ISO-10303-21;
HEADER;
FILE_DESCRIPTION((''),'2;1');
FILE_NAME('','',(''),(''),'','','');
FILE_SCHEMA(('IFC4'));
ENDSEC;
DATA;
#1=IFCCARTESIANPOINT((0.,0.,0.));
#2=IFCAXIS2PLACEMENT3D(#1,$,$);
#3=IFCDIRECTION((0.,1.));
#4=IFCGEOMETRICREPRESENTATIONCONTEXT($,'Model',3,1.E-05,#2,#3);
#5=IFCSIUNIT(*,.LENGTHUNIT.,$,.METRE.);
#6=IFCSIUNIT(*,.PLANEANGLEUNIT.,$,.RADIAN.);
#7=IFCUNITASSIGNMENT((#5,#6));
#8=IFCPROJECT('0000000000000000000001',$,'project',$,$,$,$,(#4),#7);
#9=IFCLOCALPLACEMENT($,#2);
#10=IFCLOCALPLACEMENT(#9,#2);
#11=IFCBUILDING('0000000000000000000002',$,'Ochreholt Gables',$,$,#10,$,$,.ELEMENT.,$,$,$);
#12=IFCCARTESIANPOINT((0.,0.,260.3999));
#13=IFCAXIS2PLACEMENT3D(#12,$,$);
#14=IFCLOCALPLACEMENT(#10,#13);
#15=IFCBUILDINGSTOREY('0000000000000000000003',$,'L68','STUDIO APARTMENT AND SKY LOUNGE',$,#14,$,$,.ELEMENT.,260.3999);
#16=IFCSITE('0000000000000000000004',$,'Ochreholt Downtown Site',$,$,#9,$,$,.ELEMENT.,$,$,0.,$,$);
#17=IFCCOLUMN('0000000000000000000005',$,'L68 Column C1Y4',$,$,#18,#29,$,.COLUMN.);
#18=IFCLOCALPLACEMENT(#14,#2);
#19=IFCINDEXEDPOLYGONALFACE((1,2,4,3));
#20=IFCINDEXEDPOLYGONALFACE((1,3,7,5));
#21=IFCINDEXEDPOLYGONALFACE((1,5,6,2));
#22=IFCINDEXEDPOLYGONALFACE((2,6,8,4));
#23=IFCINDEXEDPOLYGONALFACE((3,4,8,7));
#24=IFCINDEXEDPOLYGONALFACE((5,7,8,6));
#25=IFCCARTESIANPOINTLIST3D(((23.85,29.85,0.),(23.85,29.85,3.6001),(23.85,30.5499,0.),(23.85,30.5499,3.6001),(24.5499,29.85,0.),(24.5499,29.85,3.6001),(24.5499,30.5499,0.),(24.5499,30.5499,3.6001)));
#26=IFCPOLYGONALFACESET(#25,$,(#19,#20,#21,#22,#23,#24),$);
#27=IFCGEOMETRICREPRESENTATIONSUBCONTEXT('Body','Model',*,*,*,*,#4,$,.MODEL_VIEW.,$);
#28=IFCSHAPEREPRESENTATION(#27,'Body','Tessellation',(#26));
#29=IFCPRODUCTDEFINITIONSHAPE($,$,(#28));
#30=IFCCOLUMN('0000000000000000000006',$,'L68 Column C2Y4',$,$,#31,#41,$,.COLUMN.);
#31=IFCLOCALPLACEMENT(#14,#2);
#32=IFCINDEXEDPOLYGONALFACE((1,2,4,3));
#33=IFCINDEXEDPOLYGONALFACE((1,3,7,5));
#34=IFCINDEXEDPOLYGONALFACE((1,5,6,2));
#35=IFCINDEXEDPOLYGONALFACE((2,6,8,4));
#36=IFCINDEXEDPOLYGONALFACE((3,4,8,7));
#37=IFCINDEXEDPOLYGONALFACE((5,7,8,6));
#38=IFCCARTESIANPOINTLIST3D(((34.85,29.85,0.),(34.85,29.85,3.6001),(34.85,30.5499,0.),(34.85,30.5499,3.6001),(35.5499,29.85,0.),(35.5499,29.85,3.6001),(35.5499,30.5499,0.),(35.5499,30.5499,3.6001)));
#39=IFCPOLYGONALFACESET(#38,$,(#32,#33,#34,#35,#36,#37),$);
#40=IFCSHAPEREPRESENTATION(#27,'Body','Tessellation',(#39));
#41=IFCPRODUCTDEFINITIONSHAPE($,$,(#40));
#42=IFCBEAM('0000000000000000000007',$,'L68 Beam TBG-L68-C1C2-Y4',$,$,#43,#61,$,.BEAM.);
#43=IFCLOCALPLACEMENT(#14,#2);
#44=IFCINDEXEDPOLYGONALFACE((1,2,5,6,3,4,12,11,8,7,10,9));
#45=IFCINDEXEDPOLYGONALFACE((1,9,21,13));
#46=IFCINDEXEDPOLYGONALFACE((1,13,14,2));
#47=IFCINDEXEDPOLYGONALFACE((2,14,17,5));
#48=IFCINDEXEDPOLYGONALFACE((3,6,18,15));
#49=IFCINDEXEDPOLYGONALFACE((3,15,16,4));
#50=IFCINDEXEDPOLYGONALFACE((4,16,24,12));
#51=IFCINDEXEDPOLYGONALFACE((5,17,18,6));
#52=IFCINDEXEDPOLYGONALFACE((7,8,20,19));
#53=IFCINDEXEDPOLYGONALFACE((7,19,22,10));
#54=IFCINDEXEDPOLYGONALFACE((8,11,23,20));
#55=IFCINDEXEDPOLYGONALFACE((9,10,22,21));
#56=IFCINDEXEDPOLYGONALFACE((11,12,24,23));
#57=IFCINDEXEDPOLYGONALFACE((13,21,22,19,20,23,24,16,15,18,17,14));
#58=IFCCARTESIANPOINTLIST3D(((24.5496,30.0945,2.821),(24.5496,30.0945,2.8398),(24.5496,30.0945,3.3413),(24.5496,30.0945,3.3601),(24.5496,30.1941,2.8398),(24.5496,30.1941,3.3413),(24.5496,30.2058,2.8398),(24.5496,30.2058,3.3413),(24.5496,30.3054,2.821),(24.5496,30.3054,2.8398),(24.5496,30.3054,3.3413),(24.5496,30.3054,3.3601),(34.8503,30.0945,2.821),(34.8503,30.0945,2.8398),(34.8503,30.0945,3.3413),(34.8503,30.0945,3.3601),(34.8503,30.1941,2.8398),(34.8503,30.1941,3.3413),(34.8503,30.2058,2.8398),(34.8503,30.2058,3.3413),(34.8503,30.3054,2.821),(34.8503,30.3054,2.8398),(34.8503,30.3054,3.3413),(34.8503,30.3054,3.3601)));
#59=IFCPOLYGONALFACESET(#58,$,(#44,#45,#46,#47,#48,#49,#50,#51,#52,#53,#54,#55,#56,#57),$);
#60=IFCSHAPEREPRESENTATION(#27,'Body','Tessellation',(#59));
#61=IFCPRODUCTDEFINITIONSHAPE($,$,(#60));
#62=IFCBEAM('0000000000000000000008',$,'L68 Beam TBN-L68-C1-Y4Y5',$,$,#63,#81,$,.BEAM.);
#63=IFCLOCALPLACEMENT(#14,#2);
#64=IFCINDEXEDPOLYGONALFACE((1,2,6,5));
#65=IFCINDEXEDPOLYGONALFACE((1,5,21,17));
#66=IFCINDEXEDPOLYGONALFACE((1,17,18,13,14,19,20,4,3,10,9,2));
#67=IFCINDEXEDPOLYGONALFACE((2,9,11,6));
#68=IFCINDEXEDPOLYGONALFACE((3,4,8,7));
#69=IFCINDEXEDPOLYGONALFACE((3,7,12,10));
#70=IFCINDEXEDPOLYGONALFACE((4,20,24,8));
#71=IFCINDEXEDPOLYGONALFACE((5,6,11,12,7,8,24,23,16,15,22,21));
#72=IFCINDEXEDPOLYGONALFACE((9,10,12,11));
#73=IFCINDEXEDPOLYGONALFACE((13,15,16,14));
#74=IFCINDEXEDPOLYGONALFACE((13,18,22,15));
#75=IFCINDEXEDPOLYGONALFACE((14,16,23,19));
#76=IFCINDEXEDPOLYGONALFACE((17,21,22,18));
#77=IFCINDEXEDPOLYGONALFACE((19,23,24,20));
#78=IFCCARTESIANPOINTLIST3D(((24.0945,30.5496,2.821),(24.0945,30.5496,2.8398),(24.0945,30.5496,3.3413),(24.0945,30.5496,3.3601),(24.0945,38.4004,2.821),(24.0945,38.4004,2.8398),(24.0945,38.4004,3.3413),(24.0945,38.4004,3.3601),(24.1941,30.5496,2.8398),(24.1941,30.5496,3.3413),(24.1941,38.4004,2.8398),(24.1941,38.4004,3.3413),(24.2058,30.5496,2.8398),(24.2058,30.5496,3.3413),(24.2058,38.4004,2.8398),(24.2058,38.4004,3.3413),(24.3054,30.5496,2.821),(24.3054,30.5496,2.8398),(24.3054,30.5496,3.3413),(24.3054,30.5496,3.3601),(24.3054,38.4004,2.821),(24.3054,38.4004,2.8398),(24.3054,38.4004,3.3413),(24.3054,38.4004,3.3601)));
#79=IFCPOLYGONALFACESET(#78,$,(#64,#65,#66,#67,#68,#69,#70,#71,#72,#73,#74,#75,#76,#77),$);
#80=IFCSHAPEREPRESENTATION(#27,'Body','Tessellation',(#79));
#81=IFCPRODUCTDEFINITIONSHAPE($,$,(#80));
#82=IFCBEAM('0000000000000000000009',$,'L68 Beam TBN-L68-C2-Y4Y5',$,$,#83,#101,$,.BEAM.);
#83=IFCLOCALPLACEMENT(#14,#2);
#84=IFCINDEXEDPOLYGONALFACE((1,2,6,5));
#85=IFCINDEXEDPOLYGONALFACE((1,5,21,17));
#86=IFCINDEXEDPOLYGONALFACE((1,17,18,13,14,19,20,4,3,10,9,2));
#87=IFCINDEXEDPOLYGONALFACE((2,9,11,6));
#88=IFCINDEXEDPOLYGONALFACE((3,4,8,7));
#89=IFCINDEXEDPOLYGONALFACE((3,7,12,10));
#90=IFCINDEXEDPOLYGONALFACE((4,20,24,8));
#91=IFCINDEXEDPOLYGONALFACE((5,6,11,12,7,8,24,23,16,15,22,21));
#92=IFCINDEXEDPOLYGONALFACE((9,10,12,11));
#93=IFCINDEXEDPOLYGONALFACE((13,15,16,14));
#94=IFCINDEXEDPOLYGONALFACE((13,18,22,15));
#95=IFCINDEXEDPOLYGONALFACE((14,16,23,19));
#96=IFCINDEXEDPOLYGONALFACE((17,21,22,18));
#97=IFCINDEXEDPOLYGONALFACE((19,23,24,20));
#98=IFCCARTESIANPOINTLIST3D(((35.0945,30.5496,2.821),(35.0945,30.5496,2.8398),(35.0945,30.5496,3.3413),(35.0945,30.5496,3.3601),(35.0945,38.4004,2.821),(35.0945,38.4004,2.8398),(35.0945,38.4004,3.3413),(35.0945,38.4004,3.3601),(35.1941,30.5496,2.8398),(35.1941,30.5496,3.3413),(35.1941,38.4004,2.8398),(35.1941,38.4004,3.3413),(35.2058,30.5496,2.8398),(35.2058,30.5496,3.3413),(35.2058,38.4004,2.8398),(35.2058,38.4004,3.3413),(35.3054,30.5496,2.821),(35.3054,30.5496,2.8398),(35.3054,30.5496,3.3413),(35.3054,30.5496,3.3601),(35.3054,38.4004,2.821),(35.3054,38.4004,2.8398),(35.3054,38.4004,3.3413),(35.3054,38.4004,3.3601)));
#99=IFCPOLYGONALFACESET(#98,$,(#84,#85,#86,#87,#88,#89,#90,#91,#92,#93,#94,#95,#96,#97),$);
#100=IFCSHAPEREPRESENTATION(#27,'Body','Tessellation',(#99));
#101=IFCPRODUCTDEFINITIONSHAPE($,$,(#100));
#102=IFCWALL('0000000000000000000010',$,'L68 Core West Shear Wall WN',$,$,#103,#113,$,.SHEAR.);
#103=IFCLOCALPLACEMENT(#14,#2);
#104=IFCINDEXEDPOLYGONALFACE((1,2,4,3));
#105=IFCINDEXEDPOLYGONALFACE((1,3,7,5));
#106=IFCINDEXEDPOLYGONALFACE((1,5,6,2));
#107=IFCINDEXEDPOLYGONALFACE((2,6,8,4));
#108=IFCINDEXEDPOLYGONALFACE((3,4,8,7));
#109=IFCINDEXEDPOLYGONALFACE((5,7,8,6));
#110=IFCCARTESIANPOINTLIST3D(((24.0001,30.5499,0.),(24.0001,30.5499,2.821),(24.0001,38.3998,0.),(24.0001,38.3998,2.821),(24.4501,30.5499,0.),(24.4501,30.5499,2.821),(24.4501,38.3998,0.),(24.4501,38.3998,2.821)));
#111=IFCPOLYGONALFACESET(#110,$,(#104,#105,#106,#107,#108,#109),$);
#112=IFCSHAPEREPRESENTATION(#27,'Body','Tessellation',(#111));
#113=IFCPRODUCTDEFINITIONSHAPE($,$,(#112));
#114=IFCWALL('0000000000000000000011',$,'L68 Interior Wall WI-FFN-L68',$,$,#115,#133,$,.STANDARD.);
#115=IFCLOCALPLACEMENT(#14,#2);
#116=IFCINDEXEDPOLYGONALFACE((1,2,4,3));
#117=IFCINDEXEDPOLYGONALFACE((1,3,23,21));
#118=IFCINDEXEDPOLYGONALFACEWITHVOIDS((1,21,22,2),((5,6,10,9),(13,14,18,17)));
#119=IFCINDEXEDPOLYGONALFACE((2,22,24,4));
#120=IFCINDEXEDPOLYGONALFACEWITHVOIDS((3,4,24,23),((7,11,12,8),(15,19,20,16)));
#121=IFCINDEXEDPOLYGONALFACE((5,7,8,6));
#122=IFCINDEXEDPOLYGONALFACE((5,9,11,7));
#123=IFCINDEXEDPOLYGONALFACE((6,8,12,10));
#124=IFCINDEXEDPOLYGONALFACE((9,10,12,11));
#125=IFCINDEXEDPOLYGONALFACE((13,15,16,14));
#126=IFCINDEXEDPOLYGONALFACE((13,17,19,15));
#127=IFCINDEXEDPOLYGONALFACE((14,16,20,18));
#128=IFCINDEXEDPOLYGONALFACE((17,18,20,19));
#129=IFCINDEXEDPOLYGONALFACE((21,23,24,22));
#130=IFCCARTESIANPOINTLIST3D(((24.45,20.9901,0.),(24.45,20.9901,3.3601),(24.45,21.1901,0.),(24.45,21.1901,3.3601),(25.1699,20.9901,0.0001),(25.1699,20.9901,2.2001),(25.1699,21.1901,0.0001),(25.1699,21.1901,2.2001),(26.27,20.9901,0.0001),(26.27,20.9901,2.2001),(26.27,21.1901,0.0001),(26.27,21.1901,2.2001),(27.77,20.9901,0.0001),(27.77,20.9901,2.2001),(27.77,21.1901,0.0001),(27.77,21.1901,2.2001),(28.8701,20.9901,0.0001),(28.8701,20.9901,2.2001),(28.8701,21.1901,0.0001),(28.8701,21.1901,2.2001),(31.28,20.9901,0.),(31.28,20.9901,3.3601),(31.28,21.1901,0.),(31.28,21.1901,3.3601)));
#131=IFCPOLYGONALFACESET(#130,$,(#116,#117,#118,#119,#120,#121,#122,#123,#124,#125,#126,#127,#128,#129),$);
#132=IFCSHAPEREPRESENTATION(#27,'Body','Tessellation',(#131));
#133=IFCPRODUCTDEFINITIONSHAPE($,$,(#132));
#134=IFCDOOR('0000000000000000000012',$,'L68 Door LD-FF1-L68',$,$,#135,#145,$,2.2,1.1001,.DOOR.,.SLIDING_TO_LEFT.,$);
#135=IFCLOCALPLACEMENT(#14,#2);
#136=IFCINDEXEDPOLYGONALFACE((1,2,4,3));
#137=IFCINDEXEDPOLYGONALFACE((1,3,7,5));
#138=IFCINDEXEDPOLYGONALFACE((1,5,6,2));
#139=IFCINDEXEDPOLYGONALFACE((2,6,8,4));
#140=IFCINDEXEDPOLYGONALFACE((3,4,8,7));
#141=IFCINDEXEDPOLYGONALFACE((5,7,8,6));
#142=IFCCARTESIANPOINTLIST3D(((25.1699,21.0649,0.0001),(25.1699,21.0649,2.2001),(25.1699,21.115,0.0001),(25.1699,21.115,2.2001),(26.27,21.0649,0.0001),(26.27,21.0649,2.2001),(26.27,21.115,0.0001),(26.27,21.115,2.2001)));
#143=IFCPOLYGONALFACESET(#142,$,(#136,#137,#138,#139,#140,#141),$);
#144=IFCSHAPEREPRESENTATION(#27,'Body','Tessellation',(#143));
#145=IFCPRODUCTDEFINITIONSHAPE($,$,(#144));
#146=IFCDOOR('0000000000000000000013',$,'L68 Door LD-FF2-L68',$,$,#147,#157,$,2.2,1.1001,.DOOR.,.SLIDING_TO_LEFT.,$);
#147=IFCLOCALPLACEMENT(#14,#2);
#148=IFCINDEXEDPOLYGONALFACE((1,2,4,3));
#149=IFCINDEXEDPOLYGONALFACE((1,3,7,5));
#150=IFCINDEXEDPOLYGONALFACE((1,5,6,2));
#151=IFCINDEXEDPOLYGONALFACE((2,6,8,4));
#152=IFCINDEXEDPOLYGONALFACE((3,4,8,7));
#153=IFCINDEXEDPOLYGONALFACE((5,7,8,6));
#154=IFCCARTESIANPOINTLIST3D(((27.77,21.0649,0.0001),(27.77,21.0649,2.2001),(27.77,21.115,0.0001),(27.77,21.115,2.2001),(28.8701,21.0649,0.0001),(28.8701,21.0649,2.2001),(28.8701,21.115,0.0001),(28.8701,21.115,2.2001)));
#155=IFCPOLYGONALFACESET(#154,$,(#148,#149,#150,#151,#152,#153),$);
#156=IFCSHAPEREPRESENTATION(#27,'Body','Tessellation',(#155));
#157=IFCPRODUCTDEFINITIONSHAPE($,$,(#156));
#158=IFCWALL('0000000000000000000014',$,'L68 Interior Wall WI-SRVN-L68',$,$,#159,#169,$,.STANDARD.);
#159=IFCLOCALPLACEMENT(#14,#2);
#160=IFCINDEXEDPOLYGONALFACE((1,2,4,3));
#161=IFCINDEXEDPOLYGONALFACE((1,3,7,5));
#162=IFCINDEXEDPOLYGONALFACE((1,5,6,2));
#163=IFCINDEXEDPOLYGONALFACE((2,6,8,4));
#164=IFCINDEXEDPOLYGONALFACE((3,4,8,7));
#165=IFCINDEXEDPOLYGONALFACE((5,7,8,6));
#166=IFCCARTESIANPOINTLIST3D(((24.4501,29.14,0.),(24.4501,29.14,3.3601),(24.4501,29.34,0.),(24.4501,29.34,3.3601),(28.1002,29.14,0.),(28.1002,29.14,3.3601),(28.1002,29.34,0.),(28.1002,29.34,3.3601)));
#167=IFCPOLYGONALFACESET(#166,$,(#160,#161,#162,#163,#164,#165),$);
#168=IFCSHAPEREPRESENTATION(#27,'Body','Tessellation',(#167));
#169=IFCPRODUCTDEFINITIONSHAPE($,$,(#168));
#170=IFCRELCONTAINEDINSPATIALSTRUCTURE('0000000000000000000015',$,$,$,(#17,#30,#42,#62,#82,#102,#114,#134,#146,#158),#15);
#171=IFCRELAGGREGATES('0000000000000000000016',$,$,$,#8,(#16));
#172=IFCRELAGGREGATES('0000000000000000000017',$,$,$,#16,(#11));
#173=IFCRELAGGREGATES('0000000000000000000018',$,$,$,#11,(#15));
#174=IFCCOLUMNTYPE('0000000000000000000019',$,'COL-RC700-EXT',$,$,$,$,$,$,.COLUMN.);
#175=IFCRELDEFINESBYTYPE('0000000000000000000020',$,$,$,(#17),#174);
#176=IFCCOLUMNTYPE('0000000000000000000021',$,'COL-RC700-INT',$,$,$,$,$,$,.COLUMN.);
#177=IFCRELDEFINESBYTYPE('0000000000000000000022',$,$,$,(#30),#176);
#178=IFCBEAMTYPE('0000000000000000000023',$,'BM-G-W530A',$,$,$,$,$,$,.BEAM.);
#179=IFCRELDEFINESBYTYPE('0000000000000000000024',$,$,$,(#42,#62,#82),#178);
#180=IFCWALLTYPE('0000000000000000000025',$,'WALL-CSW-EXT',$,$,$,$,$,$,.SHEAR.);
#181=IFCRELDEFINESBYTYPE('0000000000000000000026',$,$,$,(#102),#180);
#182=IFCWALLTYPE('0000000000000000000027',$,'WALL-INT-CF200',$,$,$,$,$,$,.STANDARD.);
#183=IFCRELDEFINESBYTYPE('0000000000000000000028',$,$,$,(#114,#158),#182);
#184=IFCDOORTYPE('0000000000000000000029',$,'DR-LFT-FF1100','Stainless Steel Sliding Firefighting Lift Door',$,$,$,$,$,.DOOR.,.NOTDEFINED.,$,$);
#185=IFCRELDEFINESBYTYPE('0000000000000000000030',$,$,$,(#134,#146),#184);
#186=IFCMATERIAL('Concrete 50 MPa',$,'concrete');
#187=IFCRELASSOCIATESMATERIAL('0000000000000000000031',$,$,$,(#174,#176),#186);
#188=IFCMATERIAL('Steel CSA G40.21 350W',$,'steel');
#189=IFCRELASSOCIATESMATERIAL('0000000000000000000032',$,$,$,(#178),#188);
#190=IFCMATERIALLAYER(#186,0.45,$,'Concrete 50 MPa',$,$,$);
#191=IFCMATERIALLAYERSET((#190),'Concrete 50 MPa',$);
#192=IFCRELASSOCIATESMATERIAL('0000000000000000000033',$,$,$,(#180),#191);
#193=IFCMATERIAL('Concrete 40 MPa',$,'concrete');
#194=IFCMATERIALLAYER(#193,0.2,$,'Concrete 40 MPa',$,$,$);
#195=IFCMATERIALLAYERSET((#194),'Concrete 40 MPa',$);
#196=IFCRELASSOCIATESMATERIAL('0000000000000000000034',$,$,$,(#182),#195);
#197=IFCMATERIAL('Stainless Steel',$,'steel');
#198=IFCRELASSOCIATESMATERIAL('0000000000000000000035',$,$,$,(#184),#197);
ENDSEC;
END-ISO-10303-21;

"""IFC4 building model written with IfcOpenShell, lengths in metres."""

from ifc_helpers import new_model, si_unit, direction, frame, frame_2d, origin, origin_2d, place, context, subcontext, project, spatial, rectangle, i_section, extrude, material, layer, layer_set, material_profile, profile_set, type_object, element, fill, save


model = new_model("IFC4")

# Units and contexts
model_context = context("Model", 3, precision=1e-05, world=origin(), true_north=direction((0.0, 1.0)))
body_context = subcontext(model_context, "Body", "Model", "MODEL_VIEW")
ifc_project = project(units=[si_unit("LENGTHUNIT", "METRE"), si_unit("PLANEANGLEUNIT", "RADIAN")], contexts=[model_context])

# Site, building, storey
site_placement = place(None, origin())
site = spatial("IfcSite", under=ifc_project, at=site_placement, Name="Ochreholt Downtown Site", CompositionType="ELEMENT", RefElevation=0.0)
building_placement = place(site_placement, origin())
building = spatial("IfcBuilding", under=site, at=building_placement, Name="Ochreholt Gables", CompositionType="ELEMENT")
storey_placement = place(building_placement, frame((0.0, 0.0, 260.3999)))
storey = spatial("IfcBuildingStorey", under=building, at=storey_placement, Name="L68", Description="STUDIO APARTMENT AND SKY LOUNGE", CompositionType="ELEMENT", Elevation=260.3999)

# Columns
ifc_material_1 = material(Name="Concrete 50 MPa", Category="concrete")
ifc_material_profile_1 = material_profile(ifc_material_1, rectangle(XDim=0.7, YDim=0.7, at=origin_2d()), Name="RC700X700")
ifc_profile_set_1 = profile_set([ifc_material_profile_1], Name="Concrete 50 MPa")
column_type_1 = type_object("IfcColumnType", Name="COL-RC700-EXT", PredefinedType="COLUMN", material=ifc_profile_set_1)
column_1_placement = place(storey_placement, frame((24.2, 30.2, 0.0), z_axis=(0.0, 0.0, 1.0), x_axis=(1.0, 0.0, 0.0)))
element("IfcColumn", 1, at=column_1_placement, inside=storey, type_object=column_type_1, Name="L68 Column C1Y4", PredefinedType="COLUMN", context=body_context, shape_type="SweptSolid", body=[
    extrude(rectangle(XDim=0.7, YDim=0.7, at=origin_2d()), origin(), (0.0, 0.0, 1.0), 3.6001),
])
ifc_material_profile_2 = material_profile(ifc_material_1, rectangle(XDim=0.7, YDim=0.7, at=origin_2d()), Name="RC700X700")
ifc_profile_set_2 = profile_set([ifc_material_profile_2], Name="Concrete 50 MPa")
column_type_2 = type_object("IfcColumnType", Name="COL-RC700-INT", PredefinedType="COLUMN", material=ifc_profile_set_2)
column_2_placement = place(storey_placement, frame((35.2, 30.2, 0.0), z_axis=(0.0, 0.0, 1.0), x_axis=(1.0, 0.0, 0.0)))
element("IfcColumn", 2, at=column_2_placement, inside=storey, type_object=column_type_2, Name="L68 Column C2Y4", PredefinedType="COLUMN", context=body_context, shape_type="SweptSolid", body=[
    extrude(rectangle(XDim=0.7, YDim=0.7, at=origin_2d()), origin(), (0.0, 0.0, 1.0), 3.6001),
])

# Beams
ifc_material_2 = material(Name="Steel CSA G40.21 350W", Category="steel")
ifc_material_profile_3 = material_profile(ifc_material_2, i_section(OverallWidth=0.2109, OverallDepth=0.5391, WebThickness=0.0117, FlangeThickness=0.0188, at=origin_2d()), Name="W530X109")
ifc_profile_set_3 = profile_set([ifc_material_profile_3], Name="Steel CSA G40.21 350W")
beam_type = type_object("IfcBeamType", Name="BM-G-W530A", PredefinedType="BEAM", material=ifc_profile_set_3)
beam_placement = place(storey_placement, frame((24.5496, 30.2, 3.0906), z_axis=(1.0, 0.0, 0.0), x_axis=(0.0, 1.0, 0.0)))
element("IfcBeam", 3, at=beam_placement, inside=storey, type_object=beam_type, Name="L68 Beam TBG-L68-C1C2-Y4", PredefinedType="BEAM", context=body_context, shape_type="SweptSolid", body=[
    extrude(i_section(OverallWidth=0.2109, OverallDepth=0.5391, WebThickness=0.0117, FlangeThickness=0.0188, at=origin_2d()), origin(), (0.0, 0.0, 1.0), 10.3008),
])
for number, where, z_axis, x_axis, name in (
    (4, (24.2, 30.5496, 3.0906), (0.0, 1.0, 0.0), (-1.0, 0.0, 0.0), "L68 Beam TBN-L68-C1-Y4Y5"),
    (5, (35.2, 30.5496, 3.0906), (0.0, 1.0, 0.0), (-1.0, 0.0, 0.0), "L68 Beam TBN-L68-C2-Y4Y5"),
):
    element("IfcBeam", number, at=place(storey_placement, frame(where, z_axis=z_axis, x_axis=x_axis)), inside=storey, type_object=beam_type, Name=name, PredefinedType="BEAM", context=body_context, shape_type="SweptSolid", body=[
        extrude(i_section(OverallWidth=0.2109, OverallDepth=0.5391, WebThickness=0.0117, FlangeThickness=0.0188, at=origin_2d()), origin(), (0.0, 0.0, 1.0), 7.8508),
    ])

# Wall
ifc_layer_1 = layer(ifc_material_1, 0.45, Name="Concrete 50 MPa")
ifc_layer_set_1 = layer_set([ifc_layer_1], Name="Concrete 50 MPa")
wall_type_1 = type_object("IfcWallType", Name="WALL-CSW-EXT", PredefinedType="SHEAR", material=ifc_layer_set_1)
wall_1_placement = place(storey_placement, frame((24.2251, 30.55, 0.0), z_axis=(0.0, 0.0, 1.0), x_axis=(0.0, 1.0, 0.0)))
element("IfcWall", 6, at=wall_1_placement, inside=storey, type_object=wall_type_1, Name="L68 Core West Shear Wall WN", PredefinedType="SHEAR", context=body_context, shape_type="SweptSolid", body=[
    extrude(rectangle(XDim=7.8499, YDim=0.45, at=frame_2d((3.9248, 0.0))), origin(), (0.0, 0.0, 1.0), 2.821),
])

# Wall, openings, doors
ifc_material_3 = material(Name="Concrete 40 MPa", Category="concrete")
ifc_layer_2 = layer(ifc_material_3, 0.2, Name="Concrete 40 MPa")
ifc_layer_set_2 = layer_set([ifc_layer_2], Name="Concrete 40 MPa")
wall_type_2 = type_object("IfcWallType", Name="WALL-INT-CF200", PredefinedType="STANDARD", material=ifc_layer_set_2)
wall_2_placement = place(storey_placement, frame((24.45, 21.0901, 0.0), z_axis=(0.0, 0.0, 1.0), x_axis=(1.0, 0.0, 0.0)))
wall_2 = element("IfcWall", 7, at=wall_2_placement, inside=storey, type_object=wall_type_2, Name="L68 Interior Wall WI-FFN-L68", PredefinedType="STANDARD", context=body_context, shape_type="SweptSolid", body=[
    extrude(rectangle(XDim=6.8301, YDim=0.2, at=frame_2d((3.415, 0.0))), origin(), (0.0, 0.0, 1.0), 3.3601),
])
opening_1_placement = place(wall_2_placement, frame((0.72, 0.0, 0.0)))
opening_1 = element("IfcOpeningElement", 8, at=opening_1_placement, cuts=wall_2, PredefinedType="OPENING", context=body_context, shape_type="SweptSolid", body=[
    extrude(rectangle(XDim=1.1001, YDim=2.2, at=frame_2d((0.55, 1.1001))), frame((0.0, 0.1099, 0.0), z_axis=(0.0, -1.0, 0.0), x_axis=(1.0, 0.0, 0.0)), (0.0, 0.0, 1.0), 0.22),
])
opening_2_placement = place(wall_2_placement, frame((3.3201, 0.0, 0.0)))
opening_2 = element("IfcOpeningElement", 9, at=opening_2_placement, cuts=wall_2, PredefinedType="OPENING", context=body_context, shape_type="SweptSolid", body=[
    extrude(rectangle(XDim=1.1001, YDim=2.2, at=frame_2d((0.55, 1.1001))), frame((0.0, 0.1099, 0.0), z_axis=(0.0, -1.0, 0.0), x_axis=(1.0, 0.0, 0.0)), (0.0, 0.0, 1.0), 0.22),
])
ifc_material_4 = material(Name="Stainless Steel", Category="steel")
door_type_1 = type_object("IfcDoorType", Name="DR-LFT-FF1100", Description="Stainless Steel Sliding Firefighting Lift Door", OperationType="NOTDEFINED", PredefinedType="DOOR", material=ifc_material_4)
door_1_placement = place(opening_1_placement, origin())
door_1 = element("IfcDoor", 10, at=door_1_placement, inside=storey, type_object=door_type_1, Name="L68 Door LD-FF1-L68", OperationType="SLIDING_TO_LEFT", OverallHeight=2.2, OverallWidth=1.1001, PredefinedType="DOOR", context=body_context, shape_type="SweptSolid", body=[
    extrude(rectangle(XDim=1.1001, YDim=2.2, at=frame_2d((0.55, 1.1001))), frame((0.0, 0.0249, 0.0), z_axis=(0.0, -1.0, 0.0), x_axis=(1.0, 0.0, 0.0)), (0.0, 0.0, 1.0), 0.05),
])
fill(opening_1, door_1)
door_2_placement = place(opening_2_placement, origin())
door_2 = element("IfcDoor", 11, at=door_2_placement, inside=storey, type_object=door_type_1, Name="L68 Door LD-FF2-L68", OperationType="SLIDING_TO_LEFT", OverallHeight=2.2, OverallWidth=1.1001, PredefinedType="DOOR", context=body_context, shape_type="SweptSolid", body=[
    extrude(rectangle(XDim=1.1001, YDim=2.2, at=frame_2d((0.55, 1.1001))), frame((0.0, 0.0249, 0.0), z_axis=(0.0, -1.0, 0.0), x_axis=(1.0, 0.0, 0.0)), (0.0, 0.0, 1.0), 0.05),
])
fill(opening_2, door_2)

# Wall
wall_3_placement = place(storey_placement, frame((24.45, 29.24, 0.0), z_axis=(0.0, 0.0, 1.0), x_axis=(1.0, 0.0, 0.0)))
element("IfcWall", 12, at=wall_3_placement, inside=storey, type_object=wall_type_2, Name="L68 Interior Wall WI-SRVN-L68", PredefinedType="STANDARD", context=body_context, shape_type="SweptSolid", body=[
    extrude(rectangle(XDim=3.6501, YDim=0.2, at=frame_2d((1.8252, 0.0))), origin(), (0.0, 0.0, 1.0), 3.3601),
])

save(model, "model.ifc")
